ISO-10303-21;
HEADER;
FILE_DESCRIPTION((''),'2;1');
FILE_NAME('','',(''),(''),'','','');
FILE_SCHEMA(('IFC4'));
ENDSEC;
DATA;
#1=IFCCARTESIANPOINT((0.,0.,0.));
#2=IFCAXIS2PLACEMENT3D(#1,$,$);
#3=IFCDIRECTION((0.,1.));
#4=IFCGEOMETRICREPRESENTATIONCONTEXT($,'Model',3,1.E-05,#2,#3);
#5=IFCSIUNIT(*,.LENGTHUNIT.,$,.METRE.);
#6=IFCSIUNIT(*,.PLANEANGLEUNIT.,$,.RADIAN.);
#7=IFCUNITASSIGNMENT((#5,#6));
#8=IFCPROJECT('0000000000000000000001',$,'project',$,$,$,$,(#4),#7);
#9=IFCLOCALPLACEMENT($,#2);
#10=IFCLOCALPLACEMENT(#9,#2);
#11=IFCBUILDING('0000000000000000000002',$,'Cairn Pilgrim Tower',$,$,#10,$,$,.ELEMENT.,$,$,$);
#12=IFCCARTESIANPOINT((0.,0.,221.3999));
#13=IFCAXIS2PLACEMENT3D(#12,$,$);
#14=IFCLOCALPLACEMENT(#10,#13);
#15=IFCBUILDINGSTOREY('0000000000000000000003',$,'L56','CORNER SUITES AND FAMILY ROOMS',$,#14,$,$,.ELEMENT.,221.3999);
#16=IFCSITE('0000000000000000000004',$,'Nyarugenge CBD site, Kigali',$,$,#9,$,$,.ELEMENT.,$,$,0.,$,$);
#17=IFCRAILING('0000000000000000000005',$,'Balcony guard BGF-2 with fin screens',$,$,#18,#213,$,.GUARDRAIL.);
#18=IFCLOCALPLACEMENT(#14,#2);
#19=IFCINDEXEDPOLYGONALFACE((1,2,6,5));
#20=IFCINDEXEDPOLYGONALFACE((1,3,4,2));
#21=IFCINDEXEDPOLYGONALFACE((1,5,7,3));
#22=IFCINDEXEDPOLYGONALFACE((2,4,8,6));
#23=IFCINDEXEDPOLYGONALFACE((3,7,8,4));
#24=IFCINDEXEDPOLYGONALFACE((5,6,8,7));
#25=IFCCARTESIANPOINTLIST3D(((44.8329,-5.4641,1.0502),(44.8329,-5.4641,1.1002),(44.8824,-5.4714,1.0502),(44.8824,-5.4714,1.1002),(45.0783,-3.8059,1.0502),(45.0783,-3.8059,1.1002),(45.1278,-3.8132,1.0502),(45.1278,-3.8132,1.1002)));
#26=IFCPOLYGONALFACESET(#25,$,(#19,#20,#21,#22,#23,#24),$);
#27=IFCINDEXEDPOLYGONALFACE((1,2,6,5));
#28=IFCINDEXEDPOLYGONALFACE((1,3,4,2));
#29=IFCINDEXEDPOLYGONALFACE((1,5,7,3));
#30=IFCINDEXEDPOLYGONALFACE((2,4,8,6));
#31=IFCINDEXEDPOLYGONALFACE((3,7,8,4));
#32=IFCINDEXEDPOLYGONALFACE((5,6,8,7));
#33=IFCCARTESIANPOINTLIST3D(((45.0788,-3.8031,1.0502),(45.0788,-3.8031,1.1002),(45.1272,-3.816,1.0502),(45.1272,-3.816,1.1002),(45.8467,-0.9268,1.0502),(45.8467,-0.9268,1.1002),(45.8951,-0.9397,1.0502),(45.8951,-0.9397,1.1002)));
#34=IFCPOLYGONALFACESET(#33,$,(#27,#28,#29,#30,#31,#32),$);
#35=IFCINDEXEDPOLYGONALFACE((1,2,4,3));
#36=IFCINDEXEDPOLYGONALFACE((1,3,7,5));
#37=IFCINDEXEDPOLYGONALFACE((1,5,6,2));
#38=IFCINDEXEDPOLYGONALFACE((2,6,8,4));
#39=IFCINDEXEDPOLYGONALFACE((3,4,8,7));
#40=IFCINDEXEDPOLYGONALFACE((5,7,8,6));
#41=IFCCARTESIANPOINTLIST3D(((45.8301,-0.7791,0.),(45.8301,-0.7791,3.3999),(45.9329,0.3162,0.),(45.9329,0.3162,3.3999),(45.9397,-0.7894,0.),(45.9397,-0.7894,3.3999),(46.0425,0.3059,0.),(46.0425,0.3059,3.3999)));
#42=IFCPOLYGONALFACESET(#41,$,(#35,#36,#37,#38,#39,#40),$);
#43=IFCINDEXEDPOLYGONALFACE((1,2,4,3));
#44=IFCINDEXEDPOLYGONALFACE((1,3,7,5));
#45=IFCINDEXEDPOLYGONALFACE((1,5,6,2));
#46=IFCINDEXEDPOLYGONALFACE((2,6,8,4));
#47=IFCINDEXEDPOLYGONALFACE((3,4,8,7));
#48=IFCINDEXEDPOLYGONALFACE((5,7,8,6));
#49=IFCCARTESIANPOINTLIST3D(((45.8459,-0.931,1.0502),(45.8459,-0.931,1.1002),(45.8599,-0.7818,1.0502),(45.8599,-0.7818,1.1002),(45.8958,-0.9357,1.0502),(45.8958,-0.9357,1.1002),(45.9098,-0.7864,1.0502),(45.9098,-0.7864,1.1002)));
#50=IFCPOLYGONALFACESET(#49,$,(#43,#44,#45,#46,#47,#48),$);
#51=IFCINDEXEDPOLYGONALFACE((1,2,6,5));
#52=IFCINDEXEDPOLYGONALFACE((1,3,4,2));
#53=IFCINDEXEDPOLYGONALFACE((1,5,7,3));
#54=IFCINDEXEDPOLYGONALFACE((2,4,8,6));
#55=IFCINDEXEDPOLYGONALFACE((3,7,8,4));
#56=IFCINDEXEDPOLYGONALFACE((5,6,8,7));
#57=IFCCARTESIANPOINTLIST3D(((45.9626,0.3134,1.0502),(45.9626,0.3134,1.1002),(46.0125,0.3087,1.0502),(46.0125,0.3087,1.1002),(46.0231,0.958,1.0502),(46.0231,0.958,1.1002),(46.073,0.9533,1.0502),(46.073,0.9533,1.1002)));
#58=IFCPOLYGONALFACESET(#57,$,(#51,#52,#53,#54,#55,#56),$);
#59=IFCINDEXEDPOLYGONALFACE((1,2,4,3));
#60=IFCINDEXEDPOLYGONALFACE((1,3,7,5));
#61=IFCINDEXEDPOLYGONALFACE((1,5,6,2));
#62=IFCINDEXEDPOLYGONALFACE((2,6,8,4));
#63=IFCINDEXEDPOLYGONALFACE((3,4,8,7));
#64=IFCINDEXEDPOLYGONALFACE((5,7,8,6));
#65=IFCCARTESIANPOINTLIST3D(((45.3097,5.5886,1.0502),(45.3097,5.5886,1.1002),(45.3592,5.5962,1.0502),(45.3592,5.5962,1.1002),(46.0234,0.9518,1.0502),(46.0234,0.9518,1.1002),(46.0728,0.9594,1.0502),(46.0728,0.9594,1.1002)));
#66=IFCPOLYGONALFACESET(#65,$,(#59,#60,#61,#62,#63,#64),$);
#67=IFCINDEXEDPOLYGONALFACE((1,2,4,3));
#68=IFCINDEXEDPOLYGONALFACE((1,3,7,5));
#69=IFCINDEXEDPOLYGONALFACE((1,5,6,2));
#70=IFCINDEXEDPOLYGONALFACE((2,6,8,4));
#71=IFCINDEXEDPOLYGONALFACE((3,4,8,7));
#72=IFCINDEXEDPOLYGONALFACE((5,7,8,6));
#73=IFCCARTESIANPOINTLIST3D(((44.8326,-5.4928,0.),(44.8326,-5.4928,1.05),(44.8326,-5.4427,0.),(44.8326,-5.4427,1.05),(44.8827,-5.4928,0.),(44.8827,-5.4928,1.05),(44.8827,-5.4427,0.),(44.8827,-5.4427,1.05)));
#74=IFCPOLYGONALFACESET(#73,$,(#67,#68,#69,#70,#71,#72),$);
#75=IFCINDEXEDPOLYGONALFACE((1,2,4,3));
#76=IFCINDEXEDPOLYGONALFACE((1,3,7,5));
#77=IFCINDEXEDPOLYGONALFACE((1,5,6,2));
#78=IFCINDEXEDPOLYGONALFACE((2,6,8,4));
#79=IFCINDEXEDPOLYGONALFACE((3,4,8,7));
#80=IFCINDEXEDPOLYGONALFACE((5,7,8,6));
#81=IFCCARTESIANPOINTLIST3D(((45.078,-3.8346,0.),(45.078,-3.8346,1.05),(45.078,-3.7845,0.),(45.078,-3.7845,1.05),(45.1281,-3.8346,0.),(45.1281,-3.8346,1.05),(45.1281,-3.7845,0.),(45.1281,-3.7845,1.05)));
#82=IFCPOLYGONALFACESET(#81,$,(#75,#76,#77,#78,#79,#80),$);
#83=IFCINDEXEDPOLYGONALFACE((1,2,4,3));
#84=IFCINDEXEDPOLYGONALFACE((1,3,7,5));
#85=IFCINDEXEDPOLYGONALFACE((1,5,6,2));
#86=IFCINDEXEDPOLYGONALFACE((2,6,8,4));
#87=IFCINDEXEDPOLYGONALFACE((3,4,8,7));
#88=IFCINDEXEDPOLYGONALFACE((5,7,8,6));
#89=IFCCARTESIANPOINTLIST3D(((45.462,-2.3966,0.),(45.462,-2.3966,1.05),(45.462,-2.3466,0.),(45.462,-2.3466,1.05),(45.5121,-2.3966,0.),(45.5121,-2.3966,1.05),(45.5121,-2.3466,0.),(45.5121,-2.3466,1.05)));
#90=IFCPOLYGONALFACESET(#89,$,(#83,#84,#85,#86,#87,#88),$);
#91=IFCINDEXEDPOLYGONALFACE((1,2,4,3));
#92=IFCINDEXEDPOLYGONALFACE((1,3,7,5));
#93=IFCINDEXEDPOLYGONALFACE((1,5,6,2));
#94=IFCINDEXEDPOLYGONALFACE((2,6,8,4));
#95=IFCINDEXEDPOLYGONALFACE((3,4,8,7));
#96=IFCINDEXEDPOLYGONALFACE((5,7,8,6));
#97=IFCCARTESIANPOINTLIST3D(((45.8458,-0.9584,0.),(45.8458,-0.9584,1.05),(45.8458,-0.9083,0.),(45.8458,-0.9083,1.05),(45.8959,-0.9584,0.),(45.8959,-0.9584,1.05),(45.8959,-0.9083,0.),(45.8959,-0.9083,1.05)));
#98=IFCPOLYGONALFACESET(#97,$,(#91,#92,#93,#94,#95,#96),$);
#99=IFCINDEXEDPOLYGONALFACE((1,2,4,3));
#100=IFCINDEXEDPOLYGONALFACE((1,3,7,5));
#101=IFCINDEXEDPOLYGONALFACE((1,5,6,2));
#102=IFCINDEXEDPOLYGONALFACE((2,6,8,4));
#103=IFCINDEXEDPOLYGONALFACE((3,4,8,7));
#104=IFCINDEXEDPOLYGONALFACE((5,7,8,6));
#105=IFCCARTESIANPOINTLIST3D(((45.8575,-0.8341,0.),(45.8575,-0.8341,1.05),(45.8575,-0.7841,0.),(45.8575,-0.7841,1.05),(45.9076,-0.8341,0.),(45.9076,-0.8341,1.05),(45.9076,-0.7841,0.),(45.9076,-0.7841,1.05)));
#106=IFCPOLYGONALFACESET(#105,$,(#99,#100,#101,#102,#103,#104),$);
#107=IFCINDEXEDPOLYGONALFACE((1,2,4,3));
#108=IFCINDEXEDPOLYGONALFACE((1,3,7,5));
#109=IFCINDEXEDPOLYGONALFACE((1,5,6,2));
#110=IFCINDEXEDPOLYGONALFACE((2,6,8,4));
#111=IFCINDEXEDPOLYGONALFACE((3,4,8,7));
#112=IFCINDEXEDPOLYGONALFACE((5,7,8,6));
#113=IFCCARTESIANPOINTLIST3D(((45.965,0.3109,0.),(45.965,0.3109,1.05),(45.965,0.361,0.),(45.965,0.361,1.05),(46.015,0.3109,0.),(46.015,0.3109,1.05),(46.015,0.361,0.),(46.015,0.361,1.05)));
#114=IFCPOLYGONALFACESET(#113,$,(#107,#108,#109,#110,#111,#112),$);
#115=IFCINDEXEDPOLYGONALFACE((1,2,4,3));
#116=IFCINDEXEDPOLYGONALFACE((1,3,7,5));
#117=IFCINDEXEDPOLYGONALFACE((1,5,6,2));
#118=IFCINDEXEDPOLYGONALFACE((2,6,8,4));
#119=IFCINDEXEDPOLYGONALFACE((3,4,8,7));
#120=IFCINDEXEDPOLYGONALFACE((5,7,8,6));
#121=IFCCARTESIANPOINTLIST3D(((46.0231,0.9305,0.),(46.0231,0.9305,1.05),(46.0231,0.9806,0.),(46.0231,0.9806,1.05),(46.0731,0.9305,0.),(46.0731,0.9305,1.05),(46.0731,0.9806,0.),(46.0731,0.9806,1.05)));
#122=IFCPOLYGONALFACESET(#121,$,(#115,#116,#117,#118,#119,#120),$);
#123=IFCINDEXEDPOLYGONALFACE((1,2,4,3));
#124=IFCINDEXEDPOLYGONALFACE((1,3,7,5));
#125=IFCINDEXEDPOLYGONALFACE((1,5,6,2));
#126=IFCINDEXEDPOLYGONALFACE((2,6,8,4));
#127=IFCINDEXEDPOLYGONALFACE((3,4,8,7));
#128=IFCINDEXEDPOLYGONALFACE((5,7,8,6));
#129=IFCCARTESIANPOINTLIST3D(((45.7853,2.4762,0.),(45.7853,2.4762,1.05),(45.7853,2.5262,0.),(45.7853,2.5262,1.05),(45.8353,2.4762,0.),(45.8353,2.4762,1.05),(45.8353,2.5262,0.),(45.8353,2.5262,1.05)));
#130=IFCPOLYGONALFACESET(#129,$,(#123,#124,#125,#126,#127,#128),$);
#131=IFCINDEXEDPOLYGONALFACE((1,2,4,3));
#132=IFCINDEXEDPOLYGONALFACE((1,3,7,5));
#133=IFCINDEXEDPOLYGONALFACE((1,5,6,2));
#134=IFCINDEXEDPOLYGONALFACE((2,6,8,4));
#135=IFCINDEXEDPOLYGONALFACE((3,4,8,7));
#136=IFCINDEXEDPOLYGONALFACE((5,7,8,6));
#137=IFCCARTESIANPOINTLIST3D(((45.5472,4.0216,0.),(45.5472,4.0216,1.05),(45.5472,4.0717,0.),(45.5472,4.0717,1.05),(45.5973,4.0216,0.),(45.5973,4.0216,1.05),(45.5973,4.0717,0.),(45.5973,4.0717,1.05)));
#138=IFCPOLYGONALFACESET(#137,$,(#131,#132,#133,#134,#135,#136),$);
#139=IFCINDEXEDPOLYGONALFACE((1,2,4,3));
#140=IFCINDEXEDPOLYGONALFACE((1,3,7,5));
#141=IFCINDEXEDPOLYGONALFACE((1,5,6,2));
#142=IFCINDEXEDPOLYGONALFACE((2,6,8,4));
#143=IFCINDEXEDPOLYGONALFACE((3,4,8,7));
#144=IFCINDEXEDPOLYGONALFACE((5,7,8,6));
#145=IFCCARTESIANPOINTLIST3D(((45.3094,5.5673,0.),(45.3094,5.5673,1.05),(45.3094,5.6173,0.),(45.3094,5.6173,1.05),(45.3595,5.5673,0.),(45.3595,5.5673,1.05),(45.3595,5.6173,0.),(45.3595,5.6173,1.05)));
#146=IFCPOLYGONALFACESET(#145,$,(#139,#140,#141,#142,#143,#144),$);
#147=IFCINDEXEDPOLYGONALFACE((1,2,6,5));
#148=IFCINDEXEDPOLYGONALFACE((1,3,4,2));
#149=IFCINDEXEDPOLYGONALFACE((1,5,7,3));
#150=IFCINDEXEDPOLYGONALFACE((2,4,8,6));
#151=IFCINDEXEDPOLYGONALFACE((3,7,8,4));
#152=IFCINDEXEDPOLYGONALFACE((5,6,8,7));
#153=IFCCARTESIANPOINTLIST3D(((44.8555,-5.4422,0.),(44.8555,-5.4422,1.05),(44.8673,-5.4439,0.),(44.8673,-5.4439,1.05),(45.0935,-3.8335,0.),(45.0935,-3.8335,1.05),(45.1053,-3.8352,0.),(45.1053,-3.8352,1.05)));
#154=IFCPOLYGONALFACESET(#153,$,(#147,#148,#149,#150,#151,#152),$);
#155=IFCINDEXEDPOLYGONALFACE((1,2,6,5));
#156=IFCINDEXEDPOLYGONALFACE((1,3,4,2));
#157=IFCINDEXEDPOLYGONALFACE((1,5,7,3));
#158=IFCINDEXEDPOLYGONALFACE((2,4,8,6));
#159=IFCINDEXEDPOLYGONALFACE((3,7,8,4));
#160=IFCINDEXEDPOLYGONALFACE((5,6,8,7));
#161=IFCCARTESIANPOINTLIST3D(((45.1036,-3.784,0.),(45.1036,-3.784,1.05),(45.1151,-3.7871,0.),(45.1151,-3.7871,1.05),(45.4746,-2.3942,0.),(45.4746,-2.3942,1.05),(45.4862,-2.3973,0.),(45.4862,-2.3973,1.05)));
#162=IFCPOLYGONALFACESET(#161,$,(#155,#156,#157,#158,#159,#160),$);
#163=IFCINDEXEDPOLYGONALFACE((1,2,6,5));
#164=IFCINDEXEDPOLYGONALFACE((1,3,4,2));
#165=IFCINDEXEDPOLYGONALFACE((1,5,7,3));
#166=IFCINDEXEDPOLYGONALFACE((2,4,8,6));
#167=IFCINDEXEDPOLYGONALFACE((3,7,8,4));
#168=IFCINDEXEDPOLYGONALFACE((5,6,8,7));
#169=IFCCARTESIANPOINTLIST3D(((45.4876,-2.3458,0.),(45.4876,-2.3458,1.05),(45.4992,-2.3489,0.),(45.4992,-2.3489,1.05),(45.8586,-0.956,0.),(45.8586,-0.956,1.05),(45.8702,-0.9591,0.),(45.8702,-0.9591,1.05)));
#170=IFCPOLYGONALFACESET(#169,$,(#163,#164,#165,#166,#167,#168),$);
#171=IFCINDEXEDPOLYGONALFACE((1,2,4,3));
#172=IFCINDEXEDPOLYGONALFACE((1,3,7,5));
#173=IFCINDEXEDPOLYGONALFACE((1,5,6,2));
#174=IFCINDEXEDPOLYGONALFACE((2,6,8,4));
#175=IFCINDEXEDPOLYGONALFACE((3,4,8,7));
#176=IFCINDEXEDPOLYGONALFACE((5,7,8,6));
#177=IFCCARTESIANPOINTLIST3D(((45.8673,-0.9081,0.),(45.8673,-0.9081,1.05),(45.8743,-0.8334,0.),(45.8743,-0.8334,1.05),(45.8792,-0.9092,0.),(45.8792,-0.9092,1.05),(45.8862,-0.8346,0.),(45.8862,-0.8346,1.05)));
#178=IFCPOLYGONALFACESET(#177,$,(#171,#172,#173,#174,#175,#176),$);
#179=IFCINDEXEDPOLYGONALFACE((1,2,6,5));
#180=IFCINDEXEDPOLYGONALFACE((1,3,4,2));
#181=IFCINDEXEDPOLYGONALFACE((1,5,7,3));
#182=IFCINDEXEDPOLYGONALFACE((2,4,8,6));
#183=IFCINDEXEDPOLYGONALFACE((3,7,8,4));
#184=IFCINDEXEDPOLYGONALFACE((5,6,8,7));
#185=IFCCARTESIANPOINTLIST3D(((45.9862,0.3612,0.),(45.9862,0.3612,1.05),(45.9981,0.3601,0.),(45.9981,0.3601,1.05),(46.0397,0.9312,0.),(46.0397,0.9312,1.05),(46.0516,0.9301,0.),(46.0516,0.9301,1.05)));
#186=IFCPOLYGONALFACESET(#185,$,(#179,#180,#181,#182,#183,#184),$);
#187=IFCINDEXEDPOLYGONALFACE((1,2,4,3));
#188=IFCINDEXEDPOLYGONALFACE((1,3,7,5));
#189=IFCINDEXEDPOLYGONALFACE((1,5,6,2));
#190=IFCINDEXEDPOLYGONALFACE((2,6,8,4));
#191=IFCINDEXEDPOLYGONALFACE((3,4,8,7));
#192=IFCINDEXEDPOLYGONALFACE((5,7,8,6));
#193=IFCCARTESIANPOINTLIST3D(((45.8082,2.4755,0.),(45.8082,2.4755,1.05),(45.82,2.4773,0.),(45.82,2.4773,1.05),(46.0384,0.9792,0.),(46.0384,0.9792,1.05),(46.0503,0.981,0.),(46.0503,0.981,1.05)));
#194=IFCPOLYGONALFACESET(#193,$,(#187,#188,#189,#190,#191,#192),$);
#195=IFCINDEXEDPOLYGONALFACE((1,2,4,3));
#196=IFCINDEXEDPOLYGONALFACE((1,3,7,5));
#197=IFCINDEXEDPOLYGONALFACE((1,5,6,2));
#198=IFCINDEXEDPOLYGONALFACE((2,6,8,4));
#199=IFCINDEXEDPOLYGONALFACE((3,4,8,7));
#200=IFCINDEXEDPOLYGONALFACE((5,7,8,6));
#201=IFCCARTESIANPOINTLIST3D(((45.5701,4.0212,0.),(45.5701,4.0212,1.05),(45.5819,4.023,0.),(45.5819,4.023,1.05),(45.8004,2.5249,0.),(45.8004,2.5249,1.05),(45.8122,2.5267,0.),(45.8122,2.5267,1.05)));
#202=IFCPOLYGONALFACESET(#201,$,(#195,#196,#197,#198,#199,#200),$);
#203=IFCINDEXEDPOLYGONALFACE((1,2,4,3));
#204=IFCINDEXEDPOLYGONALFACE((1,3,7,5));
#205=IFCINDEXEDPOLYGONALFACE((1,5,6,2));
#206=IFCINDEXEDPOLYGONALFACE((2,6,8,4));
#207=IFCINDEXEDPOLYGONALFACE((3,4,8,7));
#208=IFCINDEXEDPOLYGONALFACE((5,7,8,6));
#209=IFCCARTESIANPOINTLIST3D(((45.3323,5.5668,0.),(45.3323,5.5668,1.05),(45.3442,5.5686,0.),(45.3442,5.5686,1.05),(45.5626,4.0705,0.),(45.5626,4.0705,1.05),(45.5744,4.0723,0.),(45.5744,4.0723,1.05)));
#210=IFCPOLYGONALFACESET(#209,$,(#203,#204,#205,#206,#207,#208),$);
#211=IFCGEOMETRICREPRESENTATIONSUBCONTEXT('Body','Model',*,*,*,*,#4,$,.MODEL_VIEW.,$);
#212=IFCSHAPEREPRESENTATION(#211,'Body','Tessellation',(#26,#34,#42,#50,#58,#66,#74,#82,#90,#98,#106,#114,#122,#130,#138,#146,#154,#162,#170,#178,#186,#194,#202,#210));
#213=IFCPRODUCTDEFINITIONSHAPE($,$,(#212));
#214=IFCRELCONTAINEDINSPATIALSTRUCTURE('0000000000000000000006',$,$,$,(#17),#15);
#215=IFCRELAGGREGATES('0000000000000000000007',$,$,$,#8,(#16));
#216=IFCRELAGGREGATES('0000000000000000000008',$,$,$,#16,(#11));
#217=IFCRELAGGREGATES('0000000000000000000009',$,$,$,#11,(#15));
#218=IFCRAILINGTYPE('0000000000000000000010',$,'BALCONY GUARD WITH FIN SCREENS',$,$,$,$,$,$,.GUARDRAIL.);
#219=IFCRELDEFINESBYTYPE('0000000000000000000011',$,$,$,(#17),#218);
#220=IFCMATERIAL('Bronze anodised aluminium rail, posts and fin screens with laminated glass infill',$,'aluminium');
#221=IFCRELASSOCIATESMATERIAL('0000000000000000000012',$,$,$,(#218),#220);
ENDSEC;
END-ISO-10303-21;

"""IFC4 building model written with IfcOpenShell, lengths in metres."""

from ifc_helpers import new_model, si_unit, direction, frame, origin, origin_2d, place, context, subcontext, project, spatial, polyline, rectangle, outline, extrude, material, type_object, element, save


model = new_model("IFC4")

# Units and contexts
model_context = context("Model", 3, precision=1e-05, world=origin(), true_north=direction((0.0, 1.0)))
body_context = subcontext(model_context, "Body", "Model", "MODEL_VIEW")
ifc_project = project(units=[si_unit("LENGTHUNIT", "METRE"), si_unit("PLANEANGLEUNIT", "RADIAN")], contexts=[model_context])

# Site, building, storey
site_placement = place(None, origin())
site = spatial("IfcSite", under=ifc_project, at=site_placement, Name="Nyarugenge CBD site, Kigali", CompositionType="ELEMENT", RefElevation=0.0)
building_placement = place(site_placement, origin())
building = spatial("IfcBuilding", under=site, at=building_placement, Name="Cairn Pilgrim Tower", CompositionType="ELEMENT")
storey_placement = place(building_placement, frame((0.0, 0.0, 221.3999)))
storey = spatial("IfcBuildingStorey", under=building, at=storey_placement, Name="L56", Description="CORNER SUITES AND FAMILY ROOMS", CompositionType="ELEMENT", Elevation=221.3999)

# Railing
ifc_material_1 = material(Name="Bronze anodised aluminium rail, posts and fin screens with laminated glass infill", Category="aluminium")
railing_type = type_object("IfcRailingType", Name="BALCONY GUARD WITH FIN SCREENS", PredefinedType="GUARDRAIL", material=ifc_material_1)
railing_placement = place(storey_placement, frame((44.8577, -5.4678, 0.0)))
element("IfcRailing", 1, at=railing_placement, inside=storey, type_object=railing_type, Name="Balcony guard BGF-2 with fin screens", PredefinedType="GUARDRAIL", context=body_context, shape_type="SweptSolid", body=[
    extrude(rectangle(XDim=0.05, YDim=0.05, at=origin_2d()), frame((0.0, 0.0, 1.0752), z_axis=(0.146374, 0.989229, 0.0), x_axis=(-0.989229, 0.146374, 0.0)), (0.0, 0.0, 1.0), 1.6763),
    extrude(rectangle(XDim=0.05, YDim=0.05, at=origin_2d()), frame((0.2454, 1.6582, 1.0752), z_axis=(0.257923, 0.966165, 0.0), x_axis=(-0.966165, 0.257923, 0.0)), (0.0, 0.0, 1.0), 2.9771),
    extrude(rectangle(XDim=1.1001, YDim=0.1101, at=origin_2d()), frame((1.0786, 5.2312, 0.0), z_axis=(0.0, 0.0, 1.0), x_axis=(0.093424, 0.995626, 0.0)), (0.0, 0.0, 1.0), 3.3999),
    extrude(rectangle(XDim=0.05, YDim=0.05, at=origin_2d()), frame((1.0132, 4.5344, 1.0752), z_axis=(0.093424, 0.995626, 0.0), x_axis=(-0.995626, 0.093424, 0.0)), (0.0, 0.0, 1.0), 0.1499),
    extrude(rectangle(XDim=0.05, YDim=0.05, at=origin_2d()), frame((1.1299, 5.7788, 1.0752), z_axis=(0.093424, 0.995626, 0.0), x_axis=(-0.995626, 0.093424, 0.0)), (0.0, 0.0, 1.0), 0.6475),
    extrude(rectangle(XDim=0.05, YDim=0.05, at=origin_2d()), frame((1.1904, 6.4233, 1.0752), z_axis=(-0.152116, 0.988363, 0.0), x_axis=(-0.988363, -0.152116, 0.0)), (0.0, 0.0, 1.0), 4.6914),
    extrude(rectangle(XDim=0.05, YDim=0.05, at=origin_2d()), origin(), (0.0, 0.0, 1.0), 1.05),
    extrude(rectangle(XDim=0.05, YDim=0.05, at=origin_2d()), frame((0.2454, 1.6582, 0.0)), (0.0, 0.0, 1.0), 1.05),
    extrude(rectangle(XDim=0.05, YDim=0.05, at=origin_2d()), frame((0.6294, 3.0962, 0.0)), (0.0, 0.0, 1.0), 1.05),
    extrude(rectangle(XDim=0.05, YDim=0.05, at=origin_2d()), frame((1.0132, 4.5344, 0.0)), (0.0, 0.0, 1.0), 1.05),
    extrude(rectangle(XDim=0.05, YDim=0.05, at=origin_2d()), frame((1.0249, 4.6587, 0.0)), (0.0, 0.0, 1.0), 1.05),
    extrude(rectangle(XDim=0.05, YDim=0.05, at=origin_2d()), frame((1.1323, 5.8037, 0.0)), (0.0, 0.0, 1.0), 1.05),
    extrude(rectangle(XDim=0.05, YDim=0.05, at=origin_2d()), frame((1.1904, 6.4233, 0.0)), (0.0, 0.0, 1.0), 1.05),
    extrude(rectangle(XDim=0.05, YDim=0.05, at=origin_2d()), frame((0.9526, 7.969, 0.0)), (0.0, 0.0, 1.0), 1.05),
    extrude(rectangle(XDim=0.05, YDim=0.05, at=origin_2d()), frame((0.7146, 9.5144, 0.0)), (0.0, 0.0, 1.0), 1.05),
    extrude(rectangle(XDim=0.05, YDim=0.05, at=origin_2d()), frame((0.4768, 11.0601, 0.0)), (0.0, 0.0, 1.0), 1.05),
    extrude(outline(polyline([(0.0249, 0.0), (1.6511, 0.0), (1.6511, 1.05), (0.0249, 1.05), (0.0249, 0.0)])), frame((-0.0059, 0.001, 0.0), z_axis=(0.989229, -0.146374, 0.0), x_axis=(0.146374, 0.989229, 0.0)), (0.0, 0.0, 1.0), 0.012),
    extrude(outline(polyline([(0.0249, 0.0), (1.4634, 0.0), (1.4634, 1.05), (0.0249, 1.05), (0.0249, 0.0)])), frame((0.2395, 1.6597, 0.0), z_axis=(0.966165, -0.257923, 0.0), x_axis=(0.257923, 0.966165, 0.0)), (0.0, 0.0, 1.0), 0.012),
    extrude(outline(polyline([(0.0249, 0.0), (1.4634, 0.0), (1.4634, 1.05), (0.0249, 1.05), (0.0249, 0.0)])), frame((0.6235, 3.0979, 0.0), z_axis=(0.966165, -0.257923, 0.0), x_axis=(0.257923, 0.966165, 0.0)), (0.0, 0.0, 1.0), 0.012),
    extrude(outline(polyline([(0.0249, 0.0), (0.0999, 0.0), (0.0999, 1.05), (0.0249, 1.05), (0.0249, 0.0)])), frame((1.0073, 4.5349, 0.0), z_axis=(0.995626, -0.093424, 0.0), x_axis=(0.093424, 0.995626, 0.0)), (0.0, 0.0, 1.0), 0.012),
    extrude(outline(polyline([(0.0249, 0.0), (0.5974, 0.0), (0.5974, 1.05), (0.0249, 1.05), (0.0249, 0.0)])), frame((1.1262, 5.8042, 0.0), z_axis=(0.995626, -0.093424, 0.0), x_axis=(0.093424, 0.995626, 0.0)), (0.0, 0.0, 1.0), 0.012),
    extrude(outline(polyline([(0.0249, 0.0), (1.5388, 0.0), (1.5388, 1.05), (0.0249, 1.05), (0.0249, 0.0)])), frame((1.1846, 6.4224, 0.0), z_axis=(0.988363, 0.152116, 0.0), x_axis=(-0.152116, 0.988363, 0.0)), (0.0, 0.0, 1.0), 0.012),
    extrude(outline(polyline([(0.0249, 0.0), (1.5388, 0.0), (1.5388, 1.05), (0.0249, 1.05), (0.0249, 0.0)])), frame((0.9465, 7.968, 0.0), z_axis=(0.988363, 0.152116, 0.0), x_axis=(-0.152116, 0.988363, 0.0)), (0.0, 0.0, 1.0), 0.012),
    extrude(outline(polyline([(0.0249, 0.0), (1.5388, 0.0), (1.5388, 1.05), (0.0249, 1.05), (0.0249, 0.0)])), frame((0.7087, 9.5137, 0.0), z_axis=(0.988363, 0.152116, 0.0), x_axis=(-0.152116, 0.988363, 0.0)), (0.0, 0.0, 1.0), 0.012),
])

save(model, "model.ifc")
